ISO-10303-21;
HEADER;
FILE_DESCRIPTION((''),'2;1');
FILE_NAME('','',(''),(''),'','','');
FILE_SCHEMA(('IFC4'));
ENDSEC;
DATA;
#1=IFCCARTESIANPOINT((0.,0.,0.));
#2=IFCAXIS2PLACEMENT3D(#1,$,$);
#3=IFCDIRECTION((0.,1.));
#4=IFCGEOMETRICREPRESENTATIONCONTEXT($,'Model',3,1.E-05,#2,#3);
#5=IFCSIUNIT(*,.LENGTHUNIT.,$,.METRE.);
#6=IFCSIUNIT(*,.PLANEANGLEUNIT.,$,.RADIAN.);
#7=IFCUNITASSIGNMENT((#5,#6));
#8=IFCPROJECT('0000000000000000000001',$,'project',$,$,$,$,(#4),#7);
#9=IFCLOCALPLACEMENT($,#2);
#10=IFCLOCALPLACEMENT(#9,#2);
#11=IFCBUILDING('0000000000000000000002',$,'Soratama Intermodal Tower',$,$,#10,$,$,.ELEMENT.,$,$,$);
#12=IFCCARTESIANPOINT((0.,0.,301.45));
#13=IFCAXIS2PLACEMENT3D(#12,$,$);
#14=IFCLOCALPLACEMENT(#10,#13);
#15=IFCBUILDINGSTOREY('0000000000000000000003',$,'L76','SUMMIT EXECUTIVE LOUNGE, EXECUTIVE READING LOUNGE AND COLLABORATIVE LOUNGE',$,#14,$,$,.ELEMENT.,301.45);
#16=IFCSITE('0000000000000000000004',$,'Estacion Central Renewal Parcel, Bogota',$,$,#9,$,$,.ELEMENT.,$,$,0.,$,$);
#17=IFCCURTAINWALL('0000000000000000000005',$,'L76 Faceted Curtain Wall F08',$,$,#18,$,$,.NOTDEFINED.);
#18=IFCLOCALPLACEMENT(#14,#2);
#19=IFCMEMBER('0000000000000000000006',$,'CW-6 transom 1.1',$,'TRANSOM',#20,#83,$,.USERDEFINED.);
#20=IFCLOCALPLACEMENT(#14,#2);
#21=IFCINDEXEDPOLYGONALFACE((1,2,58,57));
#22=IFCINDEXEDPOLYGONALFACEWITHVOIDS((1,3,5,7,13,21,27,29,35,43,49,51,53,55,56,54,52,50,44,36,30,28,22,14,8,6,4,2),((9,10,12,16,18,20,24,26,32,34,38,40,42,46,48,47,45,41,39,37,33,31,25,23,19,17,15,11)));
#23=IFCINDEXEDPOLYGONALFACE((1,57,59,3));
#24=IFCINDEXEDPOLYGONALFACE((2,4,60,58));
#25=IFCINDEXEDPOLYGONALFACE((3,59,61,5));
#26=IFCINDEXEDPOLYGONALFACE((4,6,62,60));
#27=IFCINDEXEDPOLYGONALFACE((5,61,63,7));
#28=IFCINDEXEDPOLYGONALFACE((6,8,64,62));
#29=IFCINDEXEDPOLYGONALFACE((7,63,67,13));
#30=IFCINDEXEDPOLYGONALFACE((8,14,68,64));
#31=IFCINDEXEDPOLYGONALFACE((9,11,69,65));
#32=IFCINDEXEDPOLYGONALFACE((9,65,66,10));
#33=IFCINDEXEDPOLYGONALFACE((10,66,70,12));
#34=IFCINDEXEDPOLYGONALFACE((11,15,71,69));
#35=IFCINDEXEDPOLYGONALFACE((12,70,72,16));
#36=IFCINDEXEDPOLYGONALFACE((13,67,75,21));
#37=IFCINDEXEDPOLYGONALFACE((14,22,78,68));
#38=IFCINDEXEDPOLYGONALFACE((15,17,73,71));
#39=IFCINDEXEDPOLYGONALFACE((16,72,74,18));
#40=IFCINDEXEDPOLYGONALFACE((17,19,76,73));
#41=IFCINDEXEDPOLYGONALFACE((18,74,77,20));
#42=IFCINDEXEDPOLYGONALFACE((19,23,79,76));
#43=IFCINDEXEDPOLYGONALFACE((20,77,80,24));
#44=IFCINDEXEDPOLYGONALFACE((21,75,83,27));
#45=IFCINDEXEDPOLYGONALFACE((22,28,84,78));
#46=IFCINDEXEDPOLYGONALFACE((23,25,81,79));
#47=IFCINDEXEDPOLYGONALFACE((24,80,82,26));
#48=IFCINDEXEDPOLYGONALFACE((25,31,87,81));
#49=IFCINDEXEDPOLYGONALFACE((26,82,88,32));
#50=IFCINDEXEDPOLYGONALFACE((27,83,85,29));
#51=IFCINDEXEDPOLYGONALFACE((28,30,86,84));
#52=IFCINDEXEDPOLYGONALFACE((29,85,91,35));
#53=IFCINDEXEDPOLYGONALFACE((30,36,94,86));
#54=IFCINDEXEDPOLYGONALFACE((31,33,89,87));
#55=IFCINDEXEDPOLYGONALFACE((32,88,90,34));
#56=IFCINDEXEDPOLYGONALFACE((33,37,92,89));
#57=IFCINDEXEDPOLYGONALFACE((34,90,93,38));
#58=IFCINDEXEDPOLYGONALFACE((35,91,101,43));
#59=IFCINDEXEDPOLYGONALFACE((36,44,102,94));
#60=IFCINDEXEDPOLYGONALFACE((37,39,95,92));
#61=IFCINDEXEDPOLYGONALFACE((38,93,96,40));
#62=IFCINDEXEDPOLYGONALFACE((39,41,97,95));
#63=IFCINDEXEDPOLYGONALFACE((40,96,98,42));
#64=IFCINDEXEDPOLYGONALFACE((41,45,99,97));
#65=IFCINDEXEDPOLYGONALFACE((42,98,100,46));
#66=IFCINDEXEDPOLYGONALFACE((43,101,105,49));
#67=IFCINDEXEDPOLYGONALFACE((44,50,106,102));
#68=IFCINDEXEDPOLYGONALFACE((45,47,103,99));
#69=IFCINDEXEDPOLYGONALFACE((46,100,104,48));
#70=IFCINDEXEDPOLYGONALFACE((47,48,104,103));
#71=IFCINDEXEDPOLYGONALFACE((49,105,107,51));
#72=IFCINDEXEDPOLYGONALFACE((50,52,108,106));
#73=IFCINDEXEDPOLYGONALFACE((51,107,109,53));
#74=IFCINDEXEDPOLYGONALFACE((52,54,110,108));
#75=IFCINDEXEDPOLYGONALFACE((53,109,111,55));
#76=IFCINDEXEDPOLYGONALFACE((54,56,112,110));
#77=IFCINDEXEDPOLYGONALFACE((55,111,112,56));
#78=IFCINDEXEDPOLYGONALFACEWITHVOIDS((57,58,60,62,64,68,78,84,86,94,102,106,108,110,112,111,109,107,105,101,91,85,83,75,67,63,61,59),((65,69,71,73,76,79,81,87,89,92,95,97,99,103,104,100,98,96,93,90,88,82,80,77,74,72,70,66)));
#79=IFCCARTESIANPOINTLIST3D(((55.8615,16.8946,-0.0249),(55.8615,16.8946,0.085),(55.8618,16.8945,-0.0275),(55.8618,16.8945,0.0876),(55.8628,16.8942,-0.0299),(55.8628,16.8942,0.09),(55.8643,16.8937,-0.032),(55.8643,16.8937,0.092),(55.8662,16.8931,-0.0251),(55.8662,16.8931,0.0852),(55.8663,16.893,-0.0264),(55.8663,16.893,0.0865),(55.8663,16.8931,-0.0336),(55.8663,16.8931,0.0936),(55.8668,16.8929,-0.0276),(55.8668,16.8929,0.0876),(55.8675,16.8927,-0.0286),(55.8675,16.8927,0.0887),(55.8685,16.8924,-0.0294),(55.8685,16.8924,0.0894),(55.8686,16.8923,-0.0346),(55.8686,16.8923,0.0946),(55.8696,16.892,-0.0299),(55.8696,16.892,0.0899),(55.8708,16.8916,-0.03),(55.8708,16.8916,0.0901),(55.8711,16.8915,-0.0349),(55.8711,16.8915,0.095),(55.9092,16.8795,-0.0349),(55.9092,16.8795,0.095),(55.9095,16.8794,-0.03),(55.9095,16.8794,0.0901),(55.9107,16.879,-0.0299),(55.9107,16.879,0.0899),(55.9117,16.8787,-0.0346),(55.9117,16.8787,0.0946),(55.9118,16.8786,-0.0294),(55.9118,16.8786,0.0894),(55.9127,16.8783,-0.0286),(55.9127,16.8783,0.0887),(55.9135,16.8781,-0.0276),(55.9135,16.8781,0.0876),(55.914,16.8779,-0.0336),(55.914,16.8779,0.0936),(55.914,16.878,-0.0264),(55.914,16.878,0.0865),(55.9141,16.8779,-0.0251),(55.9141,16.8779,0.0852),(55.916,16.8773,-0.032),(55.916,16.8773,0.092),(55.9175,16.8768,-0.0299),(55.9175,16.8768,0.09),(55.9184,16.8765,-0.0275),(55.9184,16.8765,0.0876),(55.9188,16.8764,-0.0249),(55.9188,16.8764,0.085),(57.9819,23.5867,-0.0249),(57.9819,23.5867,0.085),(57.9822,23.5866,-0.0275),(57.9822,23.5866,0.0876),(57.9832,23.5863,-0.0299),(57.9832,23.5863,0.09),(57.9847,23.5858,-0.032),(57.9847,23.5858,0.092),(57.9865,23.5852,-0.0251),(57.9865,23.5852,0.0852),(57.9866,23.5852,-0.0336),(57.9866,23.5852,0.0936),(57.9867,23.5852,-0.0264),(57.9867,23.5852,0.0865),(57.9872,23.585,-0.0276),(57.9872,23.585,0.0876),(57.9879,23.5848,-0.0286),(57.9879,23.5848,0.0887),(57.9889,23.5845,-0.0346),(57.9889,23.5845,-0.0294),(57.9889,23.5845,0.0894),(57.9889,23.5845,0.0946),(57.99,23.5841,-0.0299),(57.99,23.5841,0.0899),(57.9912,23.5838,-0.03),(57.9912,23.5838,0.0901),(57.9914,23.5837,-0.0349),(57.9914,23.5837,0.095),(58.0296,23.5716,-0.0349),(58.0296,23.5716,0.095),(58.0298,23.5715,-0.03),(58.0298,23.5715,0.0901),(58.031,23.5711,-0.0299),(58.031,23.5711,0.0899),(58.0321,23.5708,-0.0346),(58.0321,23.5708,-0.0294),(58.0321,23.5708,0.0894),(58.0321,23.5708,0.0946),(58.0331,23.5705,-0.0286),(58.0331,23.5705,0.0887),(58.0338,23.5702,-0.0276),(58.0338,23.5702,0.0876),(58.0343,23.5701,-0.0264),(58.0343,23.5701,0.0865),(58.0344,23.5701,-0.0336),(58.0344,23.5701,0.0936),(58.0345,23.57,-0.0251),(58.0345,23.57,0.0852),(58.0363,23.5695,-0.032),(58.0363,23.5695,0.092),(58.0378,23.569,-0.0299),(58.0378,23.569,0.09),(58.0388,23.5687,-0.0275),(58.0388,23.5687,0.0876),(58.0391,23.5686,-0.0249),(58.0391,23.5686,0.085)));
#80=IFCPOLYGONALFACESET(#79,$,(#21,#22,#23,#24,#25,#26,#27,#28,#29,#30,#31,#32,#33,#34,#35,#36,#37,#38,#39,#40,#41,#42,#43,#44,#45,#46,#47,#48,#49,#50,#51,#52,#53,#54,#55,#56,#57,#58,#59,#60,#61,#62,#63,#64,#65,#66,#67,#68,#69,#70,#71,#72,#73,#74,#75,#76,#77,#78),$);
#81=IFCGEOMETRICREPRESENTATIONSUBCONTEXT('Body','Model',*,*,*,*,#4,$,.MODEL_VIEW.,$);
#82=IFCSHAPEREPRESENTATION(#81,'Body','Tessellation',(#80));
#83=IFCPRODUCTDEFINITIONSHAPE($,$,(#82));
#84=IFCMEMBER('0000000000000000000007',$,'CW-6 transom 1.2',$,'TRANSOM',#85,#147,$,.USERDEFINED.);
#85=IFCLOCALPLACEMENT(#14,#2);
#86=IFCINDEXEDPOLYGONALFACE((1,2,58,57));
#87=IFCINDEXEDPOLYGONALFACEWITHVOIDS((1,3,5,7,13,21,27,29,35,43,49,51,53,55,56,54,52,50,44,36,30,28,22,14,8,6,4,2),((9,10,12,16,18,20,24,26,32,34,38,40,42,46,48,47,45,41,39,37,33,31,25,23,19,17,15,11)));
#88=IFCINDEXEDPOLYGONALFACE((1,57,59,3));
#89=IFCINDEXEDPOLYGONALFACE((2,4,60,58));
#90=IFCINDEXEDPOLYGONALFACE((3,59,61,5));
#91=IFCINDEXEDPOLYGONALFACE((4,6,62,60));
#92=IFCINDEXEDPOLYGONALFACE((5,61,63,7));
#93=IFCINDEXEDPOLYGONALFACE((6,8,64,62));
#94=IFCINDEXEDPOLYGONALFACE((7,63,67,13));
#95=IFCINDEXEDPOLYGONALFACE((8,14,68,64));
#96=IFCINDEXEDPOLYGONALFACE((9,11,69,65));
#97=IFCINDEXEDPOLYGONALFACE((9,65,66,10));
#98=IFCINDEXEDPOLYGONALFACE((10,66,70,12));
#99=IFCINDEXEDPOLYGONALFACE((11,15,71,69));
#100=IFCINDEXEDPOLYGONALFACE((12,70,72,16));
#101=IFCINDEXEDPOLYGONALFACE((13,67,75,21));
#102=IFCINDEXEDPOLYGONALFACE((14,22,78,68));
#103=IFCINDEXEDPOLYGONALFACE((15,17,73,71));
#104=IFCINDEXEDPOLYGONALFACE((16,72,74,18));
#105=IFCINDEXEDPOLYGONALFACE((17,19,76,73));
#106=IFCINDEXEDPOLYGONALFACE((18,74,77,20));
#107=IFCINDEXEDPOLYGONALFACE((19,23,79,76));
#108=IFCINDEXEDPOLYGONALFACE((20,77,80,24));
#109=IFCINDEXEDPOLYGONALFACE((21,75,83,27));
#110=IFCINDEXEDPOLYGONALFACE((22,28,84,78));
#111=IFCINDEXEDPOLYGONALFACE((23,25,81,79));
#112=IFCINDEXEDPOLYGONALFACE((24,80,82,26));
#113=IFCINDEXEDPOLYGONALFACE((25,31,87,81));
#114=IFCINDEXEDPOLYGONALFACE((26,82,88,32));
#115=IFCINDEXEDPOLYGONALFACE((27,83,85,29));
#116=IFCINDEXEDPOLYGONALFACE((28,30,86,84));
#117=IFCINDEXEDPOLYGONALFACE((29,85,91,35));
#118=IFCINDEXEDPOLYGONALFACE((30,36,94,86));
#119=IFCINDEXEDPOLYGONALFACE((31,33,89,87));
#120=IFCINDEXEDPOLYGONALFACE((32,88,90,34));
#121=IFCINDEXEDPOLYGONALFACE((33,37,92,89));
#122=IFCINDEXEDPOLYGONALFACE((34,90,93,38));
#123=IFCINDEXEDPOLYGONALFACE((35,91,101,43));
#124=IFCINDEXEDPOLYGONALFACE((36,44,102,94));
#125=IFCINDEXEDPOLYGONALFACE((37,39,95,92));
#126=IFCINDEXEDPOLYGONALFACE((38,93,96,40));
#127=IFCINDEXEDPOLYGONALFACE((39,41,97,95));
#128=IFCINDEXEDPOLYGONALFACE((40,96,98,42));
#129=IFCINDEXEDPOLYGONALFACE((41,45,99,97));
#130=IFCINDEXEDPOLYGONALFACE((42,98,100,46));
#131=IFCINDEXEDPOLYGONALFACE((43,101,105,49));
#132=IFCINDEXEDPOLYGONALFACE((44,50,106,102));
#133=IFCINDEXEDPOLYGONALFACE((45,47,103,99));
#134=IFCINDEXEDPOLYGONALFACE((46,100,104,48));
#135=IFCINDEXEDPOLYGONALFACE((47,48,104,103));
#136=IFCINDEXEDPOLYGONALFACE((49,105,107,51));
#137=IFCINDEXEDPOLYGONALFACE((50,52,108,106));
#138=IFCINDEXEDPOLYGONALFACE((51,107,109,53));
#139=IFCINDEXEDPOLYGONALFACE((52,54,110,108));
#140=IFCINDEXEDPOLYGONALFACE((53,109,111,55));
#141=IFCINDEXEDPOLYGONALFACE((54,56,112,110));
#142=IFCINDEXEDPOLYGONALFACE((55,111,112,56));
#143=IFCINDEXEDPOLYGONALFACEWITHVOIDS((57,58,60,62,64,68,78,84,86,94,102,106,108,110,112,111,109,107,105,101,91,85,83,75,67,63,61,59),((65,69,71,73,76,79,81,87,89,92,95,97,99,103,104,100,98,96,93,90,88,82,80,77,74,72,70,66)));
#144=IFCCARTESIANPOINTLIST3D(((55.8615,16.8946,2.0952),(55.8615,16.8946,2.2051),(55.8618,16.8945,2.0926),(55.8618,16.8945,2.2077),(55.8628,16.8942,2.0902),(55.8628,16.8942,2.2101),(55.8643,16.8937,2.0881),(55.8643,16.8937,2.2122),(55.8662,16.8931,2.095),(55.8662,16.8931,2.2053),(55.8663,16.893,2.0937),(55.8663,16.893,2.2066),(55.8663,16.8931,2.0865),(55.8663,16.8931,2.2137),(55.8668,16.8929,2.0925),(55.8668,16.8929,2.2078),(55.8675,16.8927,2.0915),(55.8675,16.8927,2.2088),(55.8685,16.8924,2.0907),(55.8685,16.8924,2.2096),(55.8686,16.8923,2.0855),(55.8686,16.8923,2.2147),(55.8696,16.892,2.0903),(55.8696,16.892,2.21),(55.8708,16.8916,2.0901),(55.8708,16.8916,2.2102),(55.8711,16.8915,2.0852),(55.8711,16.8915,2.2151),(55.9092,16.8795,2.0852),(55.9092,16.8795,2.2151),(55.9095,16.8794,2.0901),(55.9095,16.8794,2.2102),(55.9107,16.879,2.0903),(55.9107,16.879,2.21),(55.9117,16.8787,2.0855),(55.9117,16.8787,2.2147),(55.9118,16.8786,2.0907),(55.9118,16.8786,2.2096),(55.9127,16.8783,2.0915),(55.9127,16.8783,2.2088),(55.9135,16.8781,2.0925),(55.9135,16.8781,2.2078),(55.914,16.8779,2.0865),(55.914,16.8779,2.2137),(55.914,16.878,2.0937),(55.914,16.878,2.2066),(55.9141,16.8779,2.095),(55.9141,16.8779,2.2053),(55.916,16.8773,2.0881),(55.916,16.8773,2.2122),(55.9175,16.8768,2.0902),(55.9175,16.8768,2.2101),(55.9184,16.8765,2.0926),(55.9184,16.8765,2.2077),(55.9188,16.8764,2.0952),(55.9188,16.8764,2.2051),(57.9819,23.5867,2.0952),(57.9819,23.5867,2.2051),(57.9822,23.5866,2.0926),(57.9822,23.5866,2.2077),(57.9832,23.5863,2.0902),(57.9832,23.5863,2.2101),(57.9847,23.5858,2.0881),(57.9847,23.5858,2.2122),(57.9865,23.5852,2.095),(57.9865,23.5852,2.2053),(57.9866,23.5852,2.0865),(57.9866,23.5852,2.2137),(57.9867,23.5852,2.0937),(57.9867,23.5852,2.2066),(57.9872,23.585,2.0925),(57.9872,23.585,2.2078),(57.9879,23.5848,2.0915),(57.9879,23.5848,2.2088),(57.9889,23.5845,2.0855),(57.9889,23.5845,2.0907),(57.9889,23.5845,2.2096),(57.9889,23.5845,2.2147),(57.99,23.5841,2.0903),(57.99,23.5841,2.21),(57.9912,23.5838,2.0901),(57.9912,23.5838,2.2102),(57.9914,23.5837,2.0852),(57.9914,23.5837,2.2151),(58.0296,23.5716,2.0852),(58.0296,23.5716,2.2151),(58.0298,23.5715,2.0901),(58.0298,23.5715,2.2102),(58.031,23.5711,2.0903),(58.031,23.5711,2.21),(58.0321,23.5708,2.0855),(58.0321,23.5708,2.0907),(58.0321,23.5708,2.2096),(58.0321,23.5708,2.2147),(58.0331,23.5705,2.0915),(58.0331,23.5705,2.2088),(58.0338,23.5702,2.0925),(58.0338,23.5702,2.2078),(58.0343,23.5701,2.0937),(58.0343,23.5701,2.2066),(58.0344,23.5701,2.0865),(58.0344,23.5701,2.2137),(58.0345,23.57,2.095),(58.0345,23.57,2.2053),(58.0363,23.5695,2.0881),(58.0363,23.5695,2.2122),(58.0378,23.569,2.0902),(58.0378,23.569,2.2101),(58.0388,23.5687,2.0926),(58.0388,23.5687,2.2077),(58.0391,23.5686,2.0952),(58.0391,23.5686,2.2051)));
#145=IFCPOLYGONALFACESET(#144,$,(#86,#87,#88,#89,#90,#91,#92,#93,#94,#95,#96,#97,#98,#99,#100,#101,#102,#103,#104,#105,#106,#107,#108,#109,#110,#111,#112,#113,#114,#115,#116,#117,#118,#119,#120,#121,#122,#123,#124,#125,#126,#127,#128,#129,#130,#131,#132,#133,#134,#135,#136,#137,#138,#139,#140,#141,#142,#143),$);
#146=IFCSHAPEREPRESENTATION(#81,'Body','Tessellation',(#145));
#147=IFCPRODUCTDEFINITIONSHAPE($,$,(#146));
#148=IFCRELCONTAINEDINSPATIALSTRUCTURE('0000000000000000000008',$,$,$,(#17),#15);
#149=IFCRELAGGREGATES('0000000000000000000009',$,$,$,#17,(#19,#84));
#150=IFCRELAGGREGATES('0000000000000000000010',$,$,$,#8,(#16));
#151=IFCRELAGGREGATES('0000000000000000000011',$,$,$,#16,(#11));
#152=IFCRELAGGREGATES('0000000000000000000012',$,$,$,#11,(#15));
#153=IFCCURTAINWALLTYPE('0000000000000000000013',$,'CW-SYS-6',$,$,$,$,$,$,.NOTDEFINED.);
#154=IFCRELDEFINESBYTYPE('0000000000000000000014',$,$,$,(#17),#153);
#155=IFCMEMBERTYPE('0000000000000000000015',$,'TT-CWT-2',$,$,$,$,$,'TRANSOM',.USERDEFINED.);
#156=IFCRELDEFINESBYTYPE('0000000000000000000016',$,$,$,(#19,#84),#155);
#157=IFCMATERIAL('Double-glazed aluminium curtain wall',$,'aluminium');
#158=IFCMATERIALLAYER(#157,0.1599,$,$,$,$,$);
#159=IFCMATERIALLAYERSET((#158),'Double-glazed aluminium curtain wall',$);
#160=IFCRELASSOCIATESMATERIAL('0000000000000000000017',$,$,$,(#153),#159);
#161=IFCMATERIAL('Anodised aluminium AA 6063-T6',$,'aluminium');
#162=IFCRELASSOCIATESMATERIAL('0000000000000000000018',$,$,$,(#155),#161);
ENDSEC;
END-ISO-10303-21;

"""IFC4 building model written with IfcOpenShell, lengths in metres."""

from ifc_helpers import new_model, si_unit, direction, frame, origin, origin_2d, place, context, subcontext, project, spatial, hollow_rectangle, extrude, material, layer, layer_set, material_profile, profile_set, type_object, element, aggregate, save


model = new_model("IFC4")

# Units and contexts
model_context = context("Model", 3, precision=1e-05, world=origin(), true_north=direction((0.0, 1.0)))
body_context = subcontext(model_context, "Body", "Model", "MODEL_VIEW")
ifc_project = project(units=[si_unit("LENGTHUNIT", "METRE"), si_unit("PLANEANGLEUNIT", "RADIAN")], contexts=[model_context])

# Site, building, storey
site_placement = place(None, origin())
site = spatial("IfcSite", under=ifc_project, at=site_placement, Name="Estacion Central Renewal Parcel, Bogota", CompositionType="ELEMENT", RefElevation=0.0)
building_placement = place(site_placement, origin())
building = spatial("IfcBuilding", under=site, at=building_placement, Name="Soratama Intermodal Tower", CompositionType="ELEMENT")
storey_placement = place(building_placement, frame((0.0, 0.0, 301.45)))
storey = spatial("IfcBuildingStorey", under=building, at=storey_placement, Name="L76", Description="SUMMIT EXECUTIVE LOUNGE, EXECUTIVE READING LOUNGE AND COLLABORATIVE LOUNGE", CompositionType="ELEMENT", Elevation=301.45)

# Curtain wall
ifc_material_1 = material(Name="Double-glazed aluminium curtain wall", Category="aluminium")
ifc_layer_1 = layer(ifc_material_1, 0.1599)
ifc_layer_set_1 = layer_set([ifc_layer_1], Name="Double-glazed aluminium curtain wall")
curtain_wall_type = type_object("IfcCurtainWallType", Name="CW-SYS-6", PredefinedType="NOTDEFINED", material=ifc_layer_set_1)
curtain_wall_1_placement = place(storey_placement, origin())
curtain_wall_1 = element("IfcCurtainWall", 1, at=curtain_wall_1_placement, inside=storey, type_object=curtain_wall_type, Name="L76 Faceted Curtain Wall F08", PredefinedType="NOTDEFINED")

# Members
ifc_material_2 = material(Name="Anodised aluminium AA 6063-T6", Category="aluminium")
ifc_material_profile_1 = material_profile(ifc_material_2, hollow_rectangle(XDim=0.0601, YDim=0.1299, WallThickness=0.0049, InnerFilletRadius=0.0049, OuterFilletRadius=0.01, at=origin_2d()), Name="CWT130X60X5")
ifc_profile_set_1 = profile_set([ifc_material_profile_1], Name="Anodised aluminium AA 6063-T6")
member_type_1 = type_object("IfcMemberType", Name="TT-CWT-2", ElementType="TRANSOM", PredefinedType="USERDEFINED", material=ifc_profile_set_1)
member_1_placement = place(storey_placement, frame((55.8901, 16.8855, 0.03), z_axis=(0.302045, 0.953294, 0.0), x_axis=(-0.953294, 0.302045, 0.0)))
member_1 = element("IfcMember", 2, at=member_1_placement, type_object=member_type_1, Name="CW-6 transom 1.1", ObjectType="TRANSOM", PredefinedType="USERDEFINED", context=body_context, shape_type="SweptSolid", body=[
    extrude(hollow_rectangle(XDim=0.0601, YDim=0.1299, WallThickness=0.0049, InnerFilletRadius=0.0049, OuterFilletRadius=0.01, at=origin_2d()), origin(), (0.0, 0.0, 1.0), 7.02),
])
member_2_placement = place(storey_placement, frame((55.8901, 16.8855, 2.1501), z_axis=(0.302045, 0.953294, 0.0), x_axis=(-0.953294, 0.302045, 0.0)))
member_2 = element("IfcMember", 3, at=member_2_placement, type_object=member_type_1, Name="CW-6 transom 1.2", ObjectType="TRANSOM", PredefinedType="USERDEFINED", context=body_context, shape_type="SweptSolid", body=[
    extrude(hollow_rectangle(XDim=0.0601, YDim=0.1299, WallThickness=0.0049, InnerFilletRadius=0.0049, OuterFilletRadius=0.01, at=origin_2d()), origin(), (0.0, 0.0, 1.0), 7.02),
])

aggregate(curtain_wall_1, [member_1, member_2])

save(model, "model.ifc")
